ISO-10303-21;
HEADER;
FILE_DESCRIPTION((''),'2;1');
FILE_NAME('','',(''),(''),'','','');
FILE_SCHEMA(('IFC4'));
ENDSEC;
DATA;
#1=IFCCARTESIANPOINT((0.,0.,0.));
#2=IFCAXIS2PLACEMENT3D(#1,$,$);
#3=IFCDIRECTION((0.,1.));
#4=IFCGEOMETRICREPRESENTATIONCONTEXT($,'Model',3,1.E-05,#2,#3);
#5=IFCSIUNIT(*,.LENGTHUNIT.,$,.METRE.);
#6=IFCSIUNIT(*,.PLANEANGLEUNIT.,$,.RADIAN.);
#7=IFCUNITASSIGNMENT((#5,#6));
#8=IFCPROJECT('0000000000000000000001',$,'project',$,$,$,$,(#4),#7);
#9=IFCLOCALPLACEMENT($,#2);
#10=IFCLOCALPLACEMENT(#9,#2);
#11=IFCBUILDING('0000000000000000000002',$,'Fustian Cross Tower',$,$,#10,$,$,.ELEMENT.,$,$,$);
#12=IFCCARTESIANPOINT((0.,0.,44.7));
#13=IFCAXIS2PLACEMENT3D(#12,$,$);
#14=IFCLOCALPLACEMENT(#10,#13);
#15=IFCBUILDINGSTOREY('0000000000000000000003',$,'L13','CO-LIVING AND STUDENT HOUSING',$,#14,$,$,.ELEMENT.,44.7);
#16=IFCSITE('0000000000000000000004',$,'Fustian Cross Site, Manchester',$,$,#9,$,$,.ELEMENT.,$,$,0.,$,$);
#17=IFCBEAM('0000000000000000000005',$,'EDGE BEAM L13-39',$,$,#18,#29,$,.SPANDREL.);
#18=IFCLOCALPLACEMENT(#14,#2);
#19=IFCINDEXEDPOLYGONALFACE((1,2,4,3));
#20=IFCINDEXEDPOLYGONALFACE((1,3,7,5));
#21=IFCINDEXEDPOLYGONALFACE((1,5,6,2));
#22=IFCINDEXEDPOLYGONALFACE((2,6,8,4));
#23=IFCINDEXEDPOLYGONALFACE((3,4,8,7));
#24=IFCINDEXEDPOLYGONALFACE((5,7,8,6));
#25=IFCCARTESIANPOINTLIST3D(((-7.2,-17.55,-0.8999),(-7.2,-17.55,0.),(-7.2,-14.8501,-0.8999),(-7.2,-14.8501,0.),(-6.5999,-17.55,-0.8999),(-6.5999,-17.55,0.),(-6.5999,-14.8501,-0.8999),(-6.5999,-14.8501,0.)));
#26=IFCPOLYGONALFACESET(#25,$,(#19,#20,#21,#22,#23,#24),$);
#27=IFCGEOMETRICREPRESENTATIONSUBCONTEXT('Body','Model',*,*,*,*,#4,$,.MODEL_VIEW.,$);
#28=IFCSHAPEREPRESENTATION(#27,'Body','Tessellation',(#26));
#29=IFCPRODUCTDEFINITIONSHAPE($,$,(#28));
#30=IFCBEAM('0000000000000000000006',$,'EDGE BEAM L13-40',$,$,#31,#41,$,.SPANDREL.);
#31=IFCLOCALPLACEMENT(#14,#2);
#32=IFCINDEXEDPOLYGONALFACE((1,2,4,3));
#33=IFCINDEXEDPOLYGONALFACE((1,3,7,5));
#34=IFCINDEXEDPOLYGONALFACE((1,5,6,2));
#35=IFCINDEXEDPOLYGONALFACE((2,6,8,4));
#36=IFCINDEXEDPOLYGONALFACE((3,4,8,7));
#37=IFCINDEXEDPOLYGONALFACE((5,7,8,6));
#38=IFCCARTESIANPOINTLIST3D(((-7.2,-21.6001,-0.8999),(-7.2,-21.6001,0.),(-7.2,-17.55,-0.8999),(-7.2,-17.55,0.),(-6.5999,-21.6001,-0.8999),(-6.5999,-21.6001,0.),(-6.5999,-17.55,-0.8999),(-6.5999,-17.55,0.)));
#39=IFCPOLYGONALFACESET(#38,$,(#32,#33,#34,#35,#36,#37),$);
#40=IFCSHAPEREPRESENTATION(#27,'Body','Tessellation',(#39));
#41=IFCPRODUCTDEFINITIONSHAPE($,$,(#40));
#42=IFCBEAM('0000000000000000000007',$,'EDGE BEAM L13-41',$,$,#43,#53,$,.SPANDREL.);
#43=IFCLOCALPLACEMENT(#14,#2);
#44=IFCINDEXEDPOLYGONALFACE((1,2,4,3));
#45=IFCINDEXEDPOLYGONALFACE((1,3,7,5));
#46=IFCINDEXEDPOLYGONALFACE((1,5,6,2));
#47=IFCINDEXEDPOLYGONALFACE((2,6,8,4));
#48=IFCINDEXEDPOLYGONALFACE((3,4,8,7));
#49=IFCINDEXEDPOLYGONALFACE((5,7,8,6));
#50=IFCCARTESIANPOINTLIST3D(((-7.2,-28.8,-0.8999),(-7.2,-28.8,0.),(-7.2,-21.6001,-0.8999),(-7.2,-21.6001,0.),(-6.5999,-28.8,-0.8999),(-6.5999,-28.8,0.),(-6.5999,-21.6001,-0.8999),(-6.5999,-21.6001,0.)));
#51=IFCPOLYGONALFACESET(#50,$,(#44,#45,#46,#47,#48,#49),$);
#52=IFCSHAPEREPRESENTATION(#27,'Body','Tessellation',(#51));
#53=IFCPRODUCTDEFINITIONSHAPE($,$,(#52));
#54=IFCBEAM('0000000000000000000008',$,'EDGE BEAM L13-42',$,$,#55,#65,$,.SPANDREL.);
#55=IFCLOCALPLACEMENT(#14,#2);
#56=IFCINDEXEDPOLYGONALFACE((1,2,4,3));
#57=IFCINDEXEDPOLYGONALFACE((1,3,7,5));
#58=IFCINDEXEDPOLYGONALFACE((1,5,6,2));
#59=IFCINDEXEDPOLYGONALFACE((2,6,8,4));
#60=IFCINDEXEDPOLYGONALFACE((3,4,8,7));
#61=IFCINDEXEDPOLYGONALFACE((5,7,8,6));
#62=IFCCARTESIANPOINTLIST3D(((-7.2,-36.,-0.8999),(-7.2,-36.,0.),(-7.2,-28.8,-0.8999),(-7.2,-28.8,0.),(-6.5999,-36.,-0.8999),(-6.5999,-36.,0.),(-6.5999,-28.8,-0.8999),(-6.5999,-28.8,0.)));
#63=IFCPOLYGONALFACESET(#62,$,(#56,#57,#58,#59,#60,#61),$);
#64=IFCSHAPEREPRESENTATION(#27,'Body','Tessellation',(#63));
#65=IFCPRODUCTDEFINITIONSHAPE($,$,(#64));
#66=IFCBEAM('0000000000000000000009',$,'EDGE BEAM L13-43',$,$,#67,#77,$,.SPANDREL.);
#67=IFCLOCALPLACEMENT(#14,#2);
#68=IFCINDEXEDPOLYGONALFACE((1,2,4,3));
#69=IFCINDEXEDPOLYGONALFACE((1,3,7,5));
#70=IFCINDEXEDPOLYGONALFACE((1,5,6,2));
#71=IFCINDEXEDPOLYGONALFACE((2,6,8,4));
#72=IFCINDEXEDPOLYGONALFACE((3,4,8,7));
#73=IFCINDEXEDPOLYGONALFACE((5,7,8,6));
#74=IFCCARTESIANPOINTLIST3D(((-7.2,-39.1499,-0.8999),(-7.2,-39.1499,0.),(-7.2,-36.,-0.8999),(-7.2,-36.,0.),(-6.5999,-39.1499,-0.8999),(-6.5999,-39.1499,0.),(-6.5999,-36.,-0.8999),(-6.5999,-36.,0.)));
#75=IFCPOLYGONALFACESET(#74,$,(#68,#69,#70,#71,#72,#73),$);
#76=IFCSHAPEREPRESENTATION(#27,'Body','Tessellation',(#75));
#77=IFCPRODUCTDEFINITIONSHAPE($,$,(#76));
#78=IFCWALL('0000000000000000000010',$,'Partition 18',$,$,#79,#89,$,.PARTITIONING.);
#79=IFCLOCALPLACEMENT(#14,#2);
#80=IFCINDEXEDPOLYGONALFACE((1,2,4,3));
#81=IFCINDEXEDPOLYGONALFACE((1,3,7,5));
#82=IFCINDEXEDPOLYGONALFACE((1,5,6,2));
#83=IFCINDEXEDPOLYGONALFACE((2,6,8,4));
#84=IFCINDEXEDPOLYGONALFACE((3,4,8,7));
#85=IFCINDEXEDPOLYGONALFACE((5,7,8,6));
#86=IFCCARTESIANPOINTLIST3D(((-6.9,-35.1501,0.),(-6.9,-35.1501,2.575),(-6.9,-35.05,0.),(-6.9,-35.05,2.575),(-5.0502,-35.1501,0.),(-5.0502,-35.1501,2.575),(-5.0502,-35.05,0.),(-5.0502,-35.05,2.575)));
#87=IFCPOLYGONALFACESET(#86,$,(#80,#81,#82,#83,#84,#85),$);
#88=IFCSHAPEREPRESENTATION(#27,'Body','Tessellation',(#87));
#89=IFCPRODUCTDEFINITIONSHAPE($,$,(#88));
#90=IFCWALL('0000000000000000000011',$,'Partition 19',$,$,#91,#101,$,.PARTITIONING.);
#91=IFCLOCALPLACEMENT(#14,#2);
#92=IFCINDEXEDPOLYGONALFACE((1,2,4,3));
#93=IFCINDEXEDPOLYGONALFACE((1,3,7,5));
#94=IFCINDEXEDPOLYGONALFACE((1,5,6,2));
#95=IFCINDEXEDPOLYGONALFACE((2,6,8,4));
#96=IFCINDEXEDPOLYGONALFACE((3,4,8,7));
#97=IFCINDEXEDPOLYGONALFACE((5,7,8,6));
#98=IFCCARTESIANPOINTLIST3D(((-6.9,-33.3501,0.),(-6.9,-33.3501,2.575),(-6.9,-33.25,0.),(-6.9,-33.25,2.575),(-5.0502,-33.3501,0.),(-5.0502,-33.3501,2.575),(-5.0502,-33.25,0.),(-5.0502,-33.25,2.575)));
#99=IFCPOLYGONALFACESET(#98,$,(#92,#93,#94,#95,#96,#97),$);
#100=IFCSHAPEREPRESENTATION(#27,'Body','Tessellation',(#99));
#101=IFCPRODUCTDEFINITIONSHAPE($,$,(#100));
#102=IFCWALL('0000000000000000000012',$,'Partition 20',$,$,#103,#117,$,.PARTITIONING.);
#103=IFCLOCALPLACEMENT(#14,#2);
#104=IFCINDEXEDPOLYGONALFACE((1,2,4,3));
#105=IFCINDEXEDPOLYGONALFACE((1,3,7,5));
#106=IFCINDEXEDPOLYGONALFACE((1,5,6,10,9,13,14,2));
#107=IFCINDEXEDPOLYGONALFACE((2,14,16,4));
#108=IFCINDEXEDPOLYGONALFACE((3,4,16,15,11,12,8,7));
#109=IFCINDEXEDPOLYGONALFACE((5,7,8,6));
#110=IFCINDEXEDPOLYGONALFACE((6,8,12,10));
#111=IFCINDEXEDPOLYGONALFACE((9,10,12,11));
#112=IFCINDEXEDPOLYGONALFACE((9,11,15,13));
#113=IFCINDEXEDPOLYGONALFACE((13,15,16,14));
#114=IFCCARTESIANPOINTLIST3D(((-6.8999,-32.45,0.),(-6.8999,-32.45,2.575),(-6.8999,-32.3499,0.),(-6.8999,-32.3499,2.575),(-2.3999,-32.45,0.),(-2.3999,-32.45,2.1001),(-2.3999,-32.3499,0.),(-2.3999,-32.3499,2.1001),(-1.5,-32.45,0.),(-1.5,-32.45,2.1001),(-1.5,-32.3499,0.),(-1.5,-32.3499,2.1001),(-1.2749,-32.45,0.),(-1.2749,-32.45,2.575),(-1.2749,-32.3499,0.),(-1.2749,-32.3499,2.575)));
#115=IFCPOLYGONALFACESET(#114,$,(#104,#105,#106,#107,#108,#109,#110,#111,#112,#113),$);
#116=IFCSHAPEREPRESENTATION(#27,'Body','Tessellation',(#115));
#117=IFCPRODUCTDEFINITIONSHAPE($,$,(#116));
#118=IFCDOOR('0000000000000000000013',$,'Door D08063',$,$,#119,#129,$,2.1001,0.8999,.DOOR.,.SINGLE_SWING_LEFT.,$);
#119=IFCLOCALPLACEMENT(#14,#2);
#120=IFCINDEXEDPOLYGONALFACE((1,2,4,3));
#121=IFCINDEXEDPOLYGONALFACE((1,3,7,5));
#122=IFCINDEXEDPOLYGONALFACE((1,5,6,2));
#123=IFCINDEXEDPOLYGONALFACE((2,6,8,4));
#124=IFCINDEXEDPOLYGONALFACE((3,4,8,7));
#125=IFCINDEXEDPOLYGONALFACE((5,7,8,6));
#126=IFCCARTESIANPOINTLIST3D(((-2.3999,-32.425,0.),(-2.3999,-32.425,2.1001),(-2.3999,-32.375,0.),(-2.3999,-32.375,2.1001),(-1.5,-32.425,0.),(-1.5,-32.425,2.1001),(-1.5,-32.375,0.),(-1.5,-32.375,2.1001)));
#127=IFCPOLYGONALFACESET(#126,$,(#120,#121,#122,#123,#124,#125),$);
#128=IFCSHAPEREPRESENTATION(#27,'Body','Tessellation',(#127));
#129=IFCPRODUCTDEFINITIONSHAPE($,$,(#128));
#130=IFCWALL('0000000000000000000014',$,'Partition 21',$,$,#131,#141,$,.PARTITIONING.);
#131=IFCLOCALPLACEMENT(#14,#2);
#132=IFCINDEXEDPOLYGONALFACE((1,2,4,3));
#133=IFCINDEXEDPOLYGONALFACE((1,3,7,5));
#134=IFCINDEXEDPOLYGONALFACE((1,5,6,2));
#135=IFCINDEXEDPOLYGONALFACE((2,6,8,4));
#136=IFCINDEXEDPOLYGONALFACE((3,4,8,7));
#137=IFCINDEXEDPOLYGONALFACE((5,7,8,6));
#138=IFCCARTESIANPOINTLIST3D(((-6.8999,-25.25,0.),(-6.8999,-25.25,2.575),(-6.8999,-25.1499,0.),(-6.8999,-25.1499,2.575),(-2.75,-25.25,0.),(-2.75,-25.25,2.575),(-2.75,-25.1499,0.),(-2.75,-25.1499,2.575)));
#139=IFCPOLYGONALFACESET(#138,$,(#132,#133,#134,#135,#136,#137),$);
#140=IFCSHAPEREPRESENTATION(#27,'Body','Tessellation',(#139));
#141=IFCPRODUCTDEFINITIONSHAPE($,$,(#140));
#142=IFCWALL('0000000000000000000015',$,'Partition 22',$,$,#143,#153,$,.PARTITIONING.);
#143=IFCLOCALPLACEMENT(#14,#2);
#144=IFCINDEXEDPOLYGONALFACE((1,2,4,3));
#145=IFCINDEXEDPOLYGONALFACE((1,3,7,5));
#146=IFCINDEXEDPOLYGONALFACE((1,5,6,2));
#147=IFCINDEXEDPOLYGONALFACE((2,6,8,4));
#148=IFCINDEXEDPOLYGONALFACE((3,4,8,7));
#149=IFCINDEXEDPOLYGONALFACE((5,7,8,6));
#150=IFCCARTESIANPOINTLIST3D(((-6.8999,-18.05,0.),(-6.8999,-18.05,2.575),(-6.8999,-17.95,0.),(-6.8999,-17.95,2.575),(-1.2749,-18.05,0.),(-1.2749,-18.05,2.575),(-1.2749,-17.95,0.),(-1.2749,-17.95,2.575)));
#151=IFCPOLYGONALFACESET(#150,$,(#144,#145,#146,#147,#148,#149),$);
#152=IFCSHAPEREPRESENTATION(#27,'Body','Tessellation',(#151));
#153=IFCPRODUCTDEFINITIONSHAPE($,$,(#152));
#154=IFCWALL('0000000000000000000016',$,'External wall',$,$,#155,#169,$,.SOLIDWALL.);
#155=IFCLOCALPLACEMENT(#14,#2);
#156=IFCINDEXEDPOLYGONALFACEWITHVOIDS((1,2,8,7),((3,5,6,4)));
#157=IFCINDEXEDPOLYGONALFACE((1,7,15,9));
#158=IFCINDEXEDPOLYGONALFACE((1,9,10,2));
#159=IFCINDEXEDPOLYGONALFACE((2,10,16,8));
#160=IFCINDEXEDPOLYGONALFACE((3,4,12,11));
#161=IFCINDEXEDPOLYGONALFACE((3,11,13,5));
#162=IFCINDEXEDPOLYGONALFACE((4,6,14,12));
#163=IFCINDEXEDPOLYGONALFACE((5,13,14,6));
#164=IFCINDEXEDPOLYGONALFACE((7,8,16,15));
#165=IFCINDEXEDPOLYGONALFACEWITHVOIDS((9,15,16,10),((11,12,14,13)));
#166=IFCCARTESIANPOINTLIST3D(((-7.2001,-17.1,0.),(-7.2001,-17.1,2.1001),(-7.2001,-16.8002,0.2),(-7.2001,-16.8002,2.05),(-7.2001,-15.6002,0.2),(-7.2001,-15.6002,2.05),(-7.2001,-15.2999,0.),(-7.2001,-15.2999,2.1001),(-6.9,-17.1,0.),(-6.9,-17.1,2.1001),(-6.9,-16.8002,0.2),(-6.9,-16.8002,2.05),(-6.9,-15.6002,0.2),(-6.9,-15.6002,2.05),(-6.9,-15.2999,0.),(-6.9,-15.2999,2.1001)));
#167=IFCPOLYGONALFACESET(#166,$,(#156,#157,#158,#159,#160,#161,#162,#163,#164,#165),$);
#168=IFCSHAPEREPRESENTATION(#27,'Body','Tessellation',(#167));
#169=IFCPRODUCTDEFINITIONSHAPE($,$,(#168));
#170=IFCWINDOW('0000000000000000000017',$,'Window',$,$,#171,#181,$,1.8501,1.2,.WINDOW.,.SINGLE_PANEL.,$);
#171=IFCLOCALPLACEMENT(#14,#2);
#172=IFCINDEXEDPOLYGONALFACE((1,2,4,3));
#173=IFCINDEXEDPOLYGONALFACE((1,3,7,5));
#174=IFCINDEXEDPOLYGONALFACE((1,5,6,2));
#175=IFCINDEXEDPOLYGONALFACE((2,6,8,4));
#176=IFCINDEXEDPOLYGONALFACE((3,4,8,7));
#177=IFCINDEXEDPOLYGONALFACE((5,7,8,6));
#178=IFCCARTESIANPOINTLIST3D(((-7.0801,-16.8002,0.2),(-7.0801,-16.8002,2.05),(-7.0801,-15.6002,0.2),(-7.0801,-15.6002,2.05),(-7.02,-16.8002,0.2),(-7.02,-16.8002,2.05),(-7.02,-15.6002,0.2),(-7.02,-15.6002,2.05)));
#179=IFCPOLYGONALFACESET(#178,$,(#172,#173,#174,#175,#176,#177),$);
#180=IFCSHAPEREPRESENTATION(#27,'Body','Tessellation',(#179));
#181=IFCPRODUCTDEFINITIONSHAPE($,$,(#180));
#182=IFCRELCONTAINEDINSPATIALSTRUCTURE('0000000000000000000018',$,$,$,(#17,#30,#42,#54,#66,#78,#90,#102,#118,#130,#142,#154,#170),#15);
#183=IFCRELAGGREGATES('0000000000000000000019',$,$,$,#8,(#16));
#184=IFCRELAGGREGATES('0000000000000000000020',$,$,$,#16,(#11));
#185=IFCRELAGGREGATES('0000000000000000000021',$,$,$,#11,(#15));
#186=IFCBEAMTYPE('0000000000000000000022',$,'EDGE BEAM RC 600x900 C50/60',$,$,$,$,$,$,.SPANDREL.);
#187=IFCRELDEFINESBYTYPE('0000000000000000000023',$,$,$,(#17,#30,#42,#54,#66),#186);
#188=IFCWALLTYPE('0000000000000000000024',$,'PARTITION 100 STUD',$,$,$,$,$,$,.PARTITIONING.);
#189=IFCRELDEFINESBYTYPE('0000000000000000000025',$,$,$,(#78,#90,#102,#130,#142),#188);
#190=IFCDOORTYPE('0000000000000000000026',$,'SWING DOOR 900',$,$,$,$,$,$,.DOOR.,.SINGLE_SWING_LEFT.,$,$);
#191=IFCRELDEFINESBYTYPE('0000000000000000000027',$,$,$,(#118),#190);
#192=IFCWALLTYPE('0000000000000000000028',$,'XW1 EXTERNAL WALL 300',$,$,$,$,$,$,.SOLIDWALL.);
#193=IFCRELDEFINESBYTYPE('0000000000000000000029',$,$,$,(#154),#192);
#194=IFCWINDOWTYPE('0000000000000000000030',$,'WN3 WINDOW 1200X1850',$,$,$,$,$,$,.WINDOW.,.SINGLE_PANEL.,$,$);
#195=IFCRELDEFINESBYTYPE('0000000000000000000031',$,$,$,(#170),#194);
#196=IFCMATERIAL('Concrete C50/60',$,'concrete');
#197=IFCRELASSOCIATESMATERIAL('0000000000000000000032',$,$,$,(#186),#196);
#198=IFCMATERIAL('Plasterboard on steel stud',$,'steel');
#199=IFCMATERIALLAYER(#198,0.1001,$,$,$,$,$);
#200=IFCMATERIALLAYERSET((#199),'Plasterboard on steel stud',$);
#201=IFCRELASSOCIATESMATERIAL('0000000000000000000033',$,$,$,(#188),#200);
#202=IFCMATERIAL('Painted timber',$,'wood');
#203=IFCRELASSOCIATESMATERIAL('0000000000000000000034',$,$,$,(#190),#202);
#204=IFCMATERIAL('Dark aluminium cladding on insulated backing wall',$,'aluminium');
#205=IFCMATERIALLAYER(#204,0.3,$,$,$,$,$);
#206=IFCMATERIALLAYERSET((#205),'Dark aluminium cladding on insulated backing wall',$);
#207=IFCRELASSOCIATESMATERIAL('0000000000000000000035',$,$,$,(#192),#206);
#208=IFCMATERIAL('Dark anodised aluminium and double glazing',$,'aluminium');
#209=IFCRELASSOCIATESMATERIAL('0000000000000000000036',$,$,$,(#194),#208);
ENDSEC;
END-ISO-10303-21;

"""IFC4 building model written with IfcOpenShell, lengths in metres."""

from ifc_helpers import new_model, si_unit, direction, frame, frame_2d, origin, origin_2d, place, context, subcontext, project, spatial, rectangle, extrude, material, layer, layer_set, material_profile, profile_set, type_object, element, fill, save


model = new_model("IFC4")

# Units and contexts
model_context = context("Model", 3, precision=1e-05, world=origin(), true_north=direction((0.0, 1.0)))
body_context = subcontext(model_context, "Body", "Model", "MODEL_VIEW")
ifc_project = project(units=[si_unit("LENGTHUNIT", "METRE"), si_unit("PLANEANGLEUNIT", "RADIAN")], contexts=[model_context])

# Site, building, storey
site_placement = place(None, origin())
site = spatial("IfcSite", under=ifc_project, at=site_placement, Name="Fustian Cross Site, Manchester", CompositionType="ELEMENT", RefElevation=0.0)
building_placement = place(site_placement, origin())
building = spatial("IfcBuilding", under=site, at=building_placement, Name="Fustian Cross Tower", CompositionType="ELEMENT")
storey_placement = place(building_placement, frame((0.0, 0.0, 44.7)))
storey = spatial("IfcBuildingStorey", under=building, at=storey_placement, Name="L13", Description="CO-LIVING AND STUDENT HOUSING", CompositionType="ELEMENT", Elevation=44.7)

# Beams
ifc_material_1 = material(Name="Concrete C50/60", Category="concrete")
ifc_material_profile = material_profile(ifc_material_1, rectangle(XDim=0.6001, YDim=0.8999, at=origin_2d()), Name="RC 600x900")
ifc_profile_set = profile_set([ifc_material_profile], Name="Concrete C50/60")
beam_type = type_object("IfcBeamType", Name="EDGE BEAM RC 600x900 C50/60", PredefinedType="SPANDREL", material=ifc_profile_set)
beam_1_placement = place(storey_placement, frame((-6.8999, -14.8501, -0.45), z_axis=(0.0, -1.0, 0.0), x_axis=(1.0, 0.0, 0.0)))
element("IfcBeam", 1, at=beam_1_placement, inside=storey, type_object=beam_type, Name="EDGE BEAM L13-39", PredefinedType="SPANDREL", context=body_context, shape_type="SweptSolid", body=[
    extrude(rectangle(XDim=0.6001, YDim=0.8999, at=origin_2d()), origin(), (0.0, 0.0, 1.0), 2.7),
])
beam_2_placement = place(storey_placement, frame((-6.8999, -17.55, -0.45), z_axis=(0.0, -1.0, 0.0), x_axis=(1.0, 0.0, 0.0)))
element("IfcBeam", 2, at=beam_2_placement, inside=storey, type_object=beam_type, Name="EDGE BEAM L13-40", PredefinedType="SPANDREL", context=body_context, shape_type="SweptSolid", body=[
    extrude(rectangle(XDim=0.6001, YDim=0.8999, at=origin_2d()), origin(), (0.0, 0.0, 1.0), 4.05),
])
for number, where, z_axis, x_axis, name in (
    (3, (-6.8999, -21.6001, -0.45), (0.0, -1.0, 0.0), (1.0, 0.0, 0.0), "EDGE BEAM L13-41"),
    (4, (-6.8999, -28.8, -0.45), (0.0, -1.0, 0.0), (1.0, 0.0, 0.0), "EDGE BEAM L13-42"),
):
    element("IfcBeam", number, at=place(storey_placement, frame(where, z_axis=z_axis, x_axis=x_axis)), inside=storey, type_object=beam_type, Name=name, PredefinedType="SPANDREL", context=body_context, shape_type="SweptSolid", body=[
        extrude(rectangle(XDim=0.6001, YDim=0.8999, at=origin_2d()), origin(), (0.0, 0.0, 1.0), 7.2),
    ])
beam_3_placement = place(storey_placement, frame((-6.8999, -36.0, -0.45), z_axis=(0.0, -1.0, 0.0), x_axis=(1.0, 0.0, 0.0)))
element("IfcBeam", 5, at=beam_3_placement, inside=storey, type_object=beam_type, Name="EDGE BEAM L13-43", PredefinedType="SPANDREL", context=body_context, shape_type="SweptSolid", body=[
    extrude(rectangle(XDim=0.6001, YDim=0.8999, at=origin_2d()), origin(), (0.0, 0.0, 1.0), 3.1499),
])

# Walls
ifc_material_2 = material(Name="Plasterboard on steel stud", Category="steel")
ifc_layer_1 = layer(ifc_material_2, 0.1001)
ifc_layer_set_1 = layer_set([ifc_layer_1], Name="Plasterboard on steel stud")
wall_type_1 = type_object("IfcWallType", Name="PARTITION 100 STUD", PredefinedType="PARTITIONING", material=ifc_layer_set_1)
for number, where, z_axis, x_axis, name in (
    (6, (-6.8999, -35.1001, 0.0), (0.0, 0.0, 1.0), (1.0, 0.0, 0.0), "Partition 18"),
    (7, (-6.8999, -33.3, 0.0), (0.0, 0.0, 1.0), (1.0, 0.0, 0.0), "Partition 19"),
):
    element("IfcWall", number, at=place(storey_placement, frame(where, z_axis=z_axis, x_axis=x_axis)), inside=storey, type_object=wall_type_1, Name=name, PredefinedType="PARTITIONING", context=body_context, shape_type="SweptSolid", body=[
        extrude(rectangle(XDim=1.8499, YDim=0.1001, at=frame_2d((0.9248, 0.0))), origin(), (0.0, 0.0, 1.0), 2.575),
    ])

# Wall, opening, door
wall_1_placement = place(storey_placement, frame((-6.8999, -32.3999, 0.0), z_axis=(0.0, 0.0, 1.0), x_axis=(1.0, 0.0, 0.0)))
wall_1 = element("IfcWall", 8, at=wall_1_placement, inside=storey, type_object=wall_type_1, Name="Partition 20", PredefinedType="PARTITIONING", context=body_context, shape_type="SweptSolid", body=[
    extrude(rectangle(XDim=5.625, YDim=0.1001, at=frame_2d((2.8125, 0.0))), origin(), (0.0, 0.0, 1.0), 2.575),
])
opening_1_placement = place(wall_1_placement, frame((4.5, 0.0, 0.0)))
opening_1 = element("IfcOpeningElement", 9, at=opening_1_placement, cuts=wall_1, PredefinedType="OPENING", context=body_context, shape_type="SweptSolid", body=[
    extrude(rectangle(XDim=0.8999, YDim=2.1001, at=frame_2d((0.45, 1.05))), frame((0.0, 0.0601, 0.0), z_axis=(0.0, -1.0, 0.0), x_axis=(1.0, 0.0, 0.0)), (0.0, 0.0, 1.0), 0.1201),
])
ifc_material_3 = material(Name="Painted timber", Category="wood")
door_type = type_object("IfcDoorType", Name="SWING DOOR 900", OperationType="SINGLE_SWING_LEFT", PredefinedType="DOOR", material=ifc_material_3)
door_placement = place(opening_1_placement, origin())
door = element("IfcDoor", 10, at=door_placement, inside=storey, type_object=door_type, Name="Door D08063", OperationType="SINGLE_SWING_LEFT", OverallHeight=2.1001, OverallWidth=0.8999, PredefinedType="DOOR", context=body_context, shape_type="SweptSolid", body=[
    extrude(rectangle(XDim=0.8999, YDim=2.1001, at=frame_2d((0.45, 1.05))), frame((0.0, 0.0249, 0.0), z_axis=(0.0, -1.0, 0.0), x_axis=(1.0, 0.0, 0.0)), (0.0, 0.0, 1.0), 0.05),
])
fill(opening_1, door)

# Walls
wall_2_placement = place(storey_placement, frame((-6.8999, -25.2, 0.0), z_axis=(0.0, 0.0, 1.0), x_axis=(1.0, 0.0, 0.0)))
element("IfcWall", 11, at=wall_2_placement, inside=storey, type_object=wall_type_1, Name="Partition 21", PredefinedType="PARTITIONING", context=body_context, shape_type="SweptSolid", body=[
    extrude(rectangle(XDim=4.1499, YDim=0.1001, at=frame_2d((2.075, 0.0))), origin(), (0.0, 0.0, 1.0), 2.575),
])
wall_3_placement = place(storey_placement, frame((-6.8999, -18.0, 0.0), z_axis=(0.0, 0.0, 1.0), x_axis=(1.0, 0.0, 0.0)))
element("IfcWall", 12, at=wall_3_placement, inside=storey, type_object=wall_type_1, Name="Partition 22", PredefinedType="PARTITIONING", context=body_context, shape_type="SweptSolid", body=[
    extrude(rectangle(XDim=5.625, YDim=0.1001, at=frame_2d((2.8125, 0.0))), origin(), (0.0, 0.0, 1.0), 2.575),
])

# Wall, opening, window
ifc_material_4 = material(Name="Dark aluminium cladding on insulated backing wall", Category="aluminium")
ifc_layer_2 = layer(ifc_material_4, 0.3)
ifc_layer_set_2 = layer_set([ifc_layer_2], Name="Dark aluminium cladding on insulated backing wall")
wall_type_2 = type_object("IfcWallType", Name="XW1 EXTERNAL WALL 300", PredefinedType="SOLIDWALL", material=ifc_layer_set_2)
wall_4_placement = place(storey_placement, frame((-7.05, -15.3, 0.0), z_axis=(0.0, 0.0, 1.0), x_axis=(0.0, -1.0, 0.0)))
wall_4 = element("IfcWall", 13, at=wall_4_placement, inside=storey, type_object=wall_type_2, Name="External wall", PredefinedType="SOLIDWALL", context=body_context, shape_type="SweptSolid", body=[
    extrude(rectangle(XDim=1.8, YDim=0.3, at=frame_2d((0.8999, 0.0))), origin(), (0.0, 0.0, 1.0), 2.1001),
])
opening_2_placement = place(wall_4_placement, frame((0.3, 0.0, 0.2)))
opening_2 = element("IfcOpeningElement", 14, at=opening_2_placement, cuts=wall_4, PredefinedType="OPENING", context=body_context, shape_type="SweptSolid", body=[
    extrude(rectangle(XDim=1.2, YDim=1.8501, at=frame_2d((0.6001, 0.925))), frame((0.0, 0.1599, 0.0), z_axis=(0.0, -1.0, 0.0), x_axis=(1.0, 0.0, 0.0)), (0.0, 0.0, 1.0), 0.3201),
])
ifc_material_5 = material(Name="Dark anodised aluminium and double glazing", Category="aluminium")
window_type_1 = type_object("IfcWindowType", Name="WN3 WINDOW 1200X1850", PartitioningType="SINGLE_PANEL", PredefinedType="WINDOW", material=ifc_material_5)
window_1_placement = place(opening_2_placement, origin())
window_1 = element("IfcWindow", 15, at=window_1_placement, inside=storey, type_object=window_type_1, Name="Window", OverallHeight=1.8501, OverallWidth=1.2, PartitioningType="SINGLE_PANEL", PredefinedType="WINDOW", context=body_context, shape_type="SweptSolid", body=[
    extrude(rectangle(XDim=1.2, YDim=1.8501, at=frame_2d((0.6001, 0.925))), frame((0.0, 0.03, 0.0), z_axis=(0.0, -1.0, 0.0), x_axis=(1.0, 0.0, 0.0)), (0.0, 0.0, 1.0), 0.0601),
])
fill(opening_2, window_1)

save(model, "model.ifc")
